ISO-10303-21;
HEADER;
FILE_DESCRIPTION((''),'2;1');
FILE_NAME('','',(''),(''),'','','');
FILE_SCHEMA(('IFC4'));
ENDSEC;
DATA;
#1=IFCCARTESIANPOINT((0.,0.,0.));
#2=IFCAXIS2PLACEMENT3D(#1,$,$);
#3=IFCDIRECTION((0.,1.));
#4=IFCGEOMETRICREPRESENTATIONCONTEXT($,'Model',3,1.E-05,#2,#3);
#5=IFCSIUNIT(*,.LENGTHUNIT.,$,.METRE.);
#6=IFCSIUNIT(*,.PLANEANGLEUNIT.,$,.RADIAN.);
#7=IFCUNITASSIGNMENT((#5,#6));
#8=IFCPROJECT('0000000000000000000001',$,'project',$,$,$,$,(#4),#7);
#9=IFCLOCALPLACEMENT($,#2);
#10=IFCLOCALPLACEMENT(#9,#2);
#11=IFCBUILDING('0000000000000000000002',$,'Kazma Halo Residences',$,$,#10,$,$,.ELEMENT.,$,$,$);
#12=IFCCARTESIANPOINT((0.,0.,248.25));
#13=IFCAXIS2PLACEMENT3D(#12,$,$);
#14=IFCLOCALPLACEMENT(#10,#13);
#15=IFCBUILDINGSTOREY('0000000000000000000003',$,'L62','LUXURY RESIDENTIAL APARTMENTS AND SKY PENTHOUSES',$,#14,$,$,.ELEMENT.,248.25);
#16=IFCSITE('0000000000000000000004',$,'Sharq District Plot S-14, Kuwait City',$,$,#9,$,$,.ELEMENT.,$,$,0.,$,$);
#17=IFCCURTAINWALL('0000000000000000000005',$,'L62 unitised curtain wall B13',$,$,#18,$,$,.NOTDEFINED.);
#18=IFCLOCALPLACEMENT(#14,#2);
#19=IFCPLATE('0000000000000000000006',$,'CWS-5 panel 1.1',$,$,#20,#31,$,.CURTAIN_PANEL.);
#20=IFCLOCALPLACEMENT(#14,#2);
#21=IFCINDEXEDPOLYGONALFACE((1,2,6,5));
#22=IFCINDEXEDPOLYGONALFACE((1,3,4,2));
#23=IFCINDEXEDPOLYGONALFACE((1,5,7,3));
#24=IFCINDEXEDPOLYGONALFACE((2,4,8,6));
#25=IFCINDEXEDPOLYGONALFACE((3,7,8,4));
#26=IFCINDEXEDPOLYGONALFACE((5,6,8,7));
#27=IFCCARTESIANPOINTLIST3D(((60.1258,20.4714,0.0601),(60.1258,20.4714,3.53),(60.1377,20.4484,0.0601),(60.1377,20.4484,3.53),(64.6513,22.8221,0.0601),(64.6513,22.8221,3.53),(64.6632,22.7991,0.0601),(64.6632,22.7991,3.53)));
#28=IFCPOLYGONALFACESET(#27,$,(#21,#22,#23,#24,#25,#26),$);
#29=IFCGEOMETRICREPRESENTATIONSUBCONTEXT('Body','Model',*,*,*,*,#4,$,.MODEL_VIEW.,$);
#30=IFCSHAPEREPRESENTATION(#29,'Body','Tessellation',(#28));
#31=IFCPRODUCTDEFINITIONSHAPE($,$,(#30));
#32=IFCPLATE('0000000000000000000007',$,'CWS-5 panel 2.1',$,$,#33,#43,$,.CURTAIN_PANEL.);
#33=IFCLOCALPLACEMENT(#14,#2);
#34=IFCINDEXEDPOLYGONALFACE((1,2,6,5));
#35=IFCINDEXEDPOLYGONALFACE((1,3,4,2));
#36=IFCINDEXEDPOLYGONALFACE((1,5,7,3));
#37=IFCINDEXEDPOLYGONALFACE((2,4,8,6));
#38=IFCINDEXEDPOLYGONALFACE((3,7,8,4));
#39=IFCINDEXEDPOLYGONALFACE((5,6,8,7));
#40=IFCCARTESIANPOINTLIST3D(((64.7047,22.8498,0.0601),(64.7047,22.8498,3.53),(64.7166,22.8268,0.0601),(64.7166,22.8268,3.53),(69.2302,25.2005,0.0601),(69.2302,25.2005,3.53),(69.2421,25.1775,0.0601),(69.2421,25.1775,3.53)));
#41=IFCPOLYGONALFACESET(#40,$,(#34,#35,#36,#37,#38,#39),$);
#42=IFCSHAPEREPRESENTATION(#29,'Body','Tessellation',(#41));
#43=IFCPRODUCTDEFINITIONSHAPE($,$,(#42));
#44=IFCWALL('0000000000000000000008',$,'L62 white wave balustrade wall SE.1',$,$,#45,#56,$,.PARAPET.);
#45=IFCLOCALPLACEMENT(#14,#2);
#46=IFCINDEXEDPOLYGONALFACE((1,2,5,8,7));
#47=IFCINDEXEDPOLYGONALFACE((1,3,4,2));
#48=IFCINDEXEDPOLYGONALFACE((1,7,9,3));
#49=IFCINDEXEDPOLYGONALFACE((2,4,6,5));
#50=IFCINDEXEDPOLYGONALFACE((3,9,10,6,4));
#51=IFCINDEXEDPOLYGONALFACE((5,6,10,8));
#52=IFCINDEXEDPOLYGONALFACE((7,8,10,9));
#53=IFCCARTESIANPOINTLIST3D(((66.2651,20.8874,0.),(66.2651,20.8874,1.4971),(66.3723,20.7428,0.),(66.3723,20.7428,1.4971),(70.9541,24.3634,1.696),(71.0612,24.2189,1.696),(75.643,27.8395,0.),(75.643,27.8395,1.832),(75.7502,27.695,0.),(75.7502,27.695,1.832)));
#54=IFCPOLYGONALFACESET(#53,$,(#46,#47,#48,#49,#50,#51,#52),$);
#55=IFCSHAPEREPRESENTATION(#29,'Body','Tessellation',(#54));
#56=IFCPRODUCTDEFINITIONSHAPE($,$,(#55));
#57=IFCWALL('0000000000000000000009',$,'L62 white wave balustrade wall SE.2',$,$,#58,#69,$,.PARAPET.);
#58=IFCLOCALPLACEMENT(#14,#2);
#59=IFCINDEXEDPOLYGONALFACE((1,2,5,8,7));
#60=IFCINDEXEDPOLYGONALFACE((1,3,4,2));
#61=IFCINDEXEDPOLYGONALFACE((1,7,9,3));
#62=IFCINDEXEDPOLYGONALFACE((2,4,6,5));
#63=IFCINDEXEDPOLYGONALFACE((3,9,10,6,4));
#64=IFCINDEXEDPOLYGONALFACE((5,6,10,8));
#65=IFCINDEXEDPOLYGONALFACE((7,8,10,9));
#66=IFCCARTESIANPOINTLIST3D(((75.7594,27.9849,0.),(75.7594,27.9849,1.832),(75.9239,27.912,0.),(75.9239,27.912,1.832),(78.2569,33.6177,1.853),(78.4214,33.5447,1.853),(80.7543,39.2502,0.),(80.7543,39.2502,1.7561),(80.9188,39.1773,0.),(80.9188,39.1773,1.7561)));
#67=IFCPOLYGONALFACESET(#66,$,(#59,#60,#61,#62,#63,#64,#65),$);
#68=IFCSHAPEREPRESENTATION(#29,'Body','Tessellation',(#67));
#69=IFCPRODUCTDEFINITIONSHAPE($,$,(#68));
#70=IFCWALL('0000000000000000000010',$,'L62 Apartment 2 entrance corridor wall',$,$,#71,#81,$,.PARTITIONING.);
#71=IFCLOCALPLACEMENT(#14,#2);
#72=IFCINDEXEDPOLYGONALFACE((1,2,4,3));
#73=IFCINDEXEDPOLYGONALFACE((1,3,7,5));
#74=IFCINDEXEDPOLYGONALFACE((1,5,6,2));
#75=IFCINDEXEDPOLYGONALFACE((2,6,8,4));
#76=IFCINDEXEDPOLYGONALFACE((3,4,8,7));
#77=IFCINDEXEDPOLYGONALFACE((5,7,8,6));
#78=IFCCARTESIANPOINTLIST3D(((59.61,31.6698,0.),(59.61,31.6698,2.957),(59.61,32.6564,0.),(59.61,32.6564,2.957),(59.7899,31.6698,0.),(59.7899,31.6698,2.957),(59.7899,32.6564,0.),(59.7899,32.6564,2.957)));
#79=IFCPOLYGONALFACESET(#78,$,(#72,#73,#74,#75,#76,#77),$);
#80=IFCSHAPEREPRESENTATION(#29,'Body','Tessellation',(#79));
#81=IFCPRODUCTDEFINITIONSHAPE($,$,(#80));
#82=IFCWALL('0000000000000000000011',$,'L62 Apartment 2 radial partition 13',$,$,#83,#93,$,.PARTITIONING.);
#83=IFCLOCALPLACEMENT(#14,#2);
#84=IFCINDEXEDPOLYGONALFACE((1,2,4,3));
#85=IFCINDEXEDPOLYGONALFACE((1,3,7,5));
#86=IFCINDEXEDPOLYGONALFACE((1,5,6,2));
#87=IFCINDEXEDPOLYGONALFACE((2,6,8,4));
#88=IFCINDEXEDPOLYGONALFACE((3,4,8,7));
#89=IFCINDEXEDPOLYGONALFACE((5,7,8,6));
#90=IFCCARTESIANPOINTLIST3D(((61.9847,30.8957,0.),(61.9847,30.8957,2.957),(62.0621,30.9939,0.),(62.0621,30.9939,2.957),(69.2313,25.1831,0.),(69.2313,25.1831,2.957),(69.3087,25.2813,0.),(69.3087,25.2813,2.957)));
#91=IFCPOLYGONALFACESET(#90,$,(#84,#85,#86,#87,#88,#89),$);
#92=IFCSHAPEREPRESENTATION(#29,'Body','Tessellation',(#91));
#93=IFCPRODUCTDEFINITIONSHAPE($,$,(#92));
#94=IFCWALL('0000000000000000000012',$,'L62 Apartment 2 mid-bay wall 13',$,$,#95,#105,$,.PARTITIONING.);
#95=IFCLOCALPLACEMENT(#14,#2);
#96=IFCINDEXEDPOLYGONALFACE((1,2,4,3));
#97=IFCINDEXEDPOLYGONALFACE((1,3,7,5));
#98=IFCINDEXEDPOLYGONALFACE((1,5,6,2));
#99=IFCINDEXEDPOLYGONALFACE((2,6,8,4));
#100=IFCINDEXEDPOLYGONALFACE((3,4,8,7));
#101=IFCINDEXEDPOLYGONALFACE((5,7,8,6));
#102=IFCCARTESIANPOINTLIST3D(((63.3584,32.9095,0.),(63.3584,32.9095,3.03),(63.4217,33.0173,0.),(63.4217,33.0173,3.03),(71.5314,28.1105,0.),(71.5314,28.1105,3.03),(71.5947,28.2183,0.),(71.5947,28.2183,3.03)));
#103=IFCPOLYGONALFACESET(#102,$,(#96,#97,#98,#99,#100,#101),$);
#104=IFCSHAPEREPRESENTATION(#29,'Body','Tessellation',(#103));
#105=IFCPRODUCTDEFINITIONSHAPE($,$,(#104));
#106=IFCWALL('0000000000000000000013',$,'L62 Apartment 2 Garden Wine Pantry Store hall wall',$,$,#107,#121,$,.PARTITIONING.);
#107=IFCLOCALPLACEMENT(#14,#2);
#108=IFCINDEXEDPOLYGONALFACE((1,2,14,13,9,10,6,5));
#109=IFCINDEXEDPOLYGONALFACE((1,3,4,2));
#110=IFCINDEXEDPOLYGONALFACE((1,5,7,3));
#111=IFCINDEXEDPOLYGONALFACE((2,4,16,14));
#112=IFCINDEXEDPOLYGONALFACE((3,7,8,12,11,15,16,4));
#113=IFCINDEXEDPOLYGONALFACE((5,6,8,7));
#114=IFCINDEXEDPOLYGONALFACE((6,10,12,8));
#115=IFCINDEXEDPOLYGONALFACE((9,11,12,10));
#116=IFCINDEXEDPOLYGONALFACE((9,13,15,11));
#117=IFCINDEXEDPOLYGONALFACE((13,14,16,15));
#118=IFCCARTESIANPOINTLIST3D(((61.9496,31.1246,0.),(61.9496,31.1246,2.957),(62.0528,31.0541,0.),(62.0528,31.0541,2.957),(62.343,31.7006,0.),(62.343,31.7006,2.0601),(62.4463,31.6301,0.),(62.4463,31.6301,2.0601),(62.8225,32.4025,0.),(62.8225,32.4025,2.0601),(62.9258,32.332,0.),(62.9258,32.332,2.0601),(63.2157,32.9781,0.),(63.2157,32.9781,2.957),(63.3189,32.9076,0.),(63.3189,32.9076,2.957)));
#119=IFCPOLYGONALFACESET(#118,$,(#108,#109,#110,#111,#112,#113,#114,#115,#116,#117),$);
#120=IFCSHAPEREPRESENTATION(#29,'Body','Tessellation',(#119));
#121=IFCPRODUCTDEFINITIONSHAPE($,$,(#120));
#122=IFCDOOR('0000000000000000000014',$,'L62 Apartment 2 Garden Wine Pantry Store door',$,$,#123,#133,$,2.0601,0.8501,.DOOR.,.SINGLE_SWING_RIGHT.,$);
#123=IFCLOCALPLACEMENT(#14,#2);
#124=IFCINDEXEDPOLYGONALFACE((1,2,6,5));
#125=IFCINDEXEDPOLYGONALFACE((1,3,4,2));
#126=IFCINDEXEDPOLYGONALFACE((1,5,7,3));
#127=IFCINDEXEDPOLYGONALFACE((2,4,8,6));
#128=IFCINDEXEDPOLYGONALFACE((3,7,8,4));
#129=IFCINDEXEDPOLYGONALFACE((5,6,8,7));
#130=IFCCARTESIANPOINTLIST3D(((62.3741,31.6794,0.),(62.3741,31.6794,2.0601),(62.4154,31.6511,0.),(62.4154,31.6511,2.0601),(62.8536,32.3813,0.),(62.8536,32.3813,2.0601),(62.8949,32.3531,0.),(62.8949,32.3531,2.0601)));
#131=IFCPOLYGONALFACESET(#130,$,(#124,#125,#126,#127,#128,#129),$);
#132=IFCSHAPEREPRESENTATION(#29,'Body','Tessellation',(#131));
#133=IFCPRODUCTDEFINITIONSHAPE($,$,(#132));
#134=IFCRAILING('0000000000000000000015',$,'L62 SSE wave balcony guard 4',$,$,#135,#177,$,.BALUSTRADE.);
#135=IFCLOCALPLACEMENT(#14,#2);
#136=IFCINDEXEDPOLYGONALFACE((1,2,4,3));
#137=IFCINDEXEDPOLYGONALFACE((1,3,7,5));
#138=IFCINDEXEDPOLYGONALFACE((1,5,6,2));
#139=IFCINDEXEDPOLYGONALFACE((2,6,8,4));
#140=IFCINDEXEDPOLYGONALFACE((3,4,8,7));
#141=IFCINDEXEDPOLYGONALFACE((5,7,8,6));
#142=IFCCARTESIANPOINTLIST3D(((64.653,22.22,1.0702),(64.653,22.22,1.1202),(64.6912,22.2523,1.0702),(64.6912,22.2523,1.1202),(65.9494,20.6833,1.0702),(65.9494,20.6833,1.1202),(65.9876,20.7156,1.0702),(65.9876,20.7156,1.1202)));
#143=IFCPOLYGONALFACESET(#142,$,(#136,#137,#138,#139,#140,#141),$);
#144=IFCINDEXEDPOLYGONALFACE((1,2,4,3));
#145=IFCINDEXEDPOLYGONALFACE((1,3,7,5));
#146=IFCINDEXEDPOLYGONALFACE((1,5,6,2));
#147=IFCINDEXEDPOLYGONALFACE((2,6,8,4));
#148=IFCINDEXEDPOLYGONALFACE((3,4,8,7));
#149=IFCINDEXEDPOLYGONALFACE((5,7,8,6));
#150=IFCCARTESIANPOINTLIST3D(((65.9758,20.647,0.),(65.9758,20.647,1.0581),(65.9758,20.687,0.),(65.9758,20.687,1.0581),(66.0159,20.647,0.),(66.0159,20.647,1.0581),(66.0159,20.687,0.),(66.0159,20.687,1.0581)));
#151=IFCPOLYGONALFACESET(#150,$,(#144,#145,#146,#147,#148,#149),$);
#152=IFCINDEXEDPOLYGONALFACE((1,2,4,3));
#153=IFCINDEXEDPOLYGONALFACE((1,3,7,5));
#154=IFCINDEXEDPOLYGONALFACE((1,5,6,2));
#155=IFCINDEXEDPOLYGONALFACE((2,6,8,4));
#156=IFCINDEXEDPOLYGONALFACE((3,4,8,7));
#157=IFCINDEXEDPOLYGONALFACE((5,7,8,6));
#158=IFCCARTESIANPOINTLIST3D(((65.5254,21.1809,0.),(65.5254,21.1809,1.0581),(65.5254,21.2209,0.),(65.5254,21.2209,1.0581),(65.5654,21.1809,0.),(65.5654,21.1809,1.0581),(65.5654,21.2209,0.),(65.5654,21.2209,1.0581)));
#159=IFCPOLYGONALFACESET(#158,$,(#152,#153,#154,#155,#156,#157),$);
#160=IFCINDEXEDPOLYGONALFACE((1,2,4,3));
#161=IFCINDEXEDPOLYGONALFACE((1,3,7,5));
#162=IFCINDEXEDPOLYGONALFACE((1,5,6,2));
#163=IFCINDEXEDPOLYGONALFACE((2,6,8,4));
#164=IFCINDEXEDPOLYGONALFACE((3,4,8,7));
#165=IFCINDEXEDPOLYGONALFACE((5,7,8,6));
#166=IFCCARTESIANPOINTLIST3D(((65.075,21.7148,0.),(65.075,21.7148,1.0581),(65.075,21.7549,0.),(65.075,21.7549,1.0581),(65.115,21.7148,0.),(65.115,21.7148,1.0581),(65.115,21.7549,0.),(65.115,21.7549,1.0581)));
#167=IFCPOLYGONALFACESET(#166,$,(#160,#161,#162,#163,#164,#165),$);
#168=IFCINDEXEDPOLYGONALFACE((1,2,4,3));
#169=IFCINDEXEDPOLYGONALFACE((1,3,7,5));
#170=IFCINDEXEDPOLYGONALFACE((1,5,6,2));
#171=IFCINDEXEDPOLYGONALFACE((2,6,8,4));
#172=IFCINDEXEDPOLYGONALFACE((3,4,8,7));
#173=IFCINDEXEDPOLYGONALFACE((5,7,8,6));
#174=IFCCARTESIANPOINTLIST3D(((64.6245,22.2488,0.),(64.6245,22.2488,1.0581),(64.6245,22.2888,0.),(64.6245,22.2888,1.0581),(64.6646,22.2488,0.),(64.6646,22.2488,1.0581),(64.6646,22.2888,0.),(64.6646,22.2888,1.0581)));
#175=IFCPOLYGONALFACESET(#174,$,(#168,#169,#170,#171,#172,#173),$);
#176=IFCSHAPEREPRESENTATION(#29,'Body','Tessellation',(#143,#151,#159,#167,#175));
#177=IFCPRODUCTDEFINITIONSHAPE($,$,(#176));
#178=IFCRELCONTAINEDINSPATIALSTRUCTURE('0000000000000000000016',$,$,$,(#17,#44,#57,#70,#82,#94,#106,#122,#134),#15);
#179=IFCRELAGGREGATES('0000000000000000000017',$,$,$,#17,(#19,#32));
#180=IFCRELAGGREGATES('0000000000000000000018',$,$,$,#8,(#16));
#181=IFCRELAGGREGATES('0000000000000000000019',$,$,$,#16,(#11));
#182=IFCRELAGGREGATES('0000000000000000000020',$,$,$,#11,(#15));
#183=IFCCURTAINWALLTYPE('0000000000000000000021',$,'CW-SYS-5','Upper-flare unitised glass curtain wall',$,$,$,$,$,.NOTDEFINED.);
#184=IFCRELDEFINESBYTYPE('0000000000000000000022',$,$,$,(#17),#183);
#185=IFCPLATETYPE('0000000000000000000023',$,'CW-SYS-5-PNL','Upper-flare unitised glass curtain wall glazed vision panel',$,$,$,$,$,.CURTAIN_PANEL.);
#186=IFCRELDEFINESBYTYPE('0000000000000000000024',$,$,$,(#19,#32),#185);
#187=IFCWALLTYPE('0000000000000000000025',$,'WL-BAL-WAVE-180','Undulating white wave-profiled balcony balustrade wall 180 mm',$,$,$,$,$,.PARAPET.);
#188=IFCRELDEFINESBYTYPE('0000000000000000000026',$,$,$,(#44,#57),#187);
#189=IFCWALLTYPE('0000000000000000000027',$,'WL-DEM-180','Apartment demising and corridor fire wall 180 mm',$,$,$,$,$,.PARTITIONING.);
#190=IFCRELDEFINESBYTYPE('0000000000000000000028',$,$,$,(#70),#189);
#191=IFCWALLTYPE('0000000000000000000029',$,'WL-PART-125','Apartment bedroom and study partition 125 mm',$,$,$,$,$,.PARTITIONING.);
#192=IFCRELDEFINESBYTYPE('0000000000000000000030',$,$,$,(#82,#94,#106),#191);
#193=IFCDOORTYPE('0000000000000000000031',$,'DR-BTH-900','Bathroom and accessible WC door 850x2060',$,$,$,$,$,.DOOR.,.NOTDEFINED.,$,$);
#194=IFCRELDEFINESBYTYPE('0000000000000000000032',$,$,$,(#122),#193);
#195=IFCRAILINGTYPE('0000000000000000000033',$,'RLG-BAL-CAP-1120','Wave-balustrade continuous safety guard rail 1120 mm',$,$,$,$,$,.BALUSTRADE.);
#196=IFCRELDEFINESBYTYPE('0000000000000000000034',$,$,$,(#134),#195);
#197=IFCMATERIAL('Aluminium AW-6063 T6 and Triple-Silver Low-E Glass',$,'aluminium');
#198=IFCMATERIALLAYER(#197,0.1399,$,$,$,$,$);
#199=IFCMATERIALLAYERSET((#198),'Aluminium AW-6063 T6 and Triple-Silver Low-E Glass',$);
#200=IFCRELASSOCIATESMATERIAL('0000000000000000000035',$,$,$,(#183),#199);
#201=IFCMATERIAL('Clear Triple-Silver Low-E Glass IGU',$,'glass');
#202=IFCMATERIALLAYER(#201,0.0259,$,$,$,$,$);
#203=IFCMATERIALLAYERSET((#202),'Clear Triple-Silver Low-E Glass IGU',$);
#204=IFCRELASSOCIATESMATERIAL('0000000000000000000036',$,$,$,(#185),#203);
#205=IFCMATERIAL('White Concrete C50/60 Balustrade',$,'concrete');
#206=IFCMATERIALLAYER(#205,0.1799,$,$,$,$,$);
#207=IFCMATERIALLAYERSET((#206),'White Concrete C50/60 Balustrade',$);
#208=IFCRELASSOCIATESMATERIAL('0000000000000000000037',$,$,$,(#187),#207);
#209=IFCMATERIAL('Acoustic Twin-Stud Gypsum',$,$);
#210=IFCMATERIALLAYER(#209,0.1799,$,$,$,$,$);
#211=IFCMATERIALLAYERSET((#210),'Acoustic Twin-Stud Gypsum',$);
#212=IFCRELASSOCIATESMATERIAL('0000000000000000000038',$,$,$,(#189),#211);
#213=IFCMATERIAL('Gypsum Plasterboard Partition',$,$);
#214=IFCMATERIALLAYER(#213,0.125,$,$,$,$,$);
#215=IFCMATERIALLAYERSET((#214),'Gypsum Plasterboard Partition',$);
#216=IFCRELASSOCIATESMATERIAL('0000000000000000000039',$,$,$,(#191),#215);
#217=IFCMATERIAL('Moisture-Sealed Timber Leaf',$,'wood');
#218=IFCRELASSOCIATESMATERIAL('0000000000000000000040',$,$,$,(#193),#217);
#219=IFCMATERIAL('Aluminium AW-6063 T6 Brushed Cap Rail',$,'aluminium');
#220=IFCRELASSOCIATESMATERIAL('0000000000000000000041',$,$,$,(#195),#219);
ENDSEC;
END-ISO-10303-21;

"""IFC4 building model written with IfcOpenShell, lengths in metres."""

from ifc_helpers import new_model, si_unit, direction, frame, frame_2d, origin, origin_2d, place, context, subcontext, project, spatial, polyline, rectangle, outline, extrude, material, layer, layer_set, type_object, element, fill, aggregate, save


model = new_model("IFC4")

# Units and contexts
model_context = context("Model", 3, precision=1e-05, world=origin(), true_north=direction((0.0, 1.0)))
body_context = subcontext(model_context, "Body", "Model", "MODEL_VIEW")
ifc_project = project(units=[si_unit("LENGTHUNIT", "METRE"), si_unit("PLANEANGLEUNIT", "RADIAN")], contexts=[model_context])

# Site, building, storey
site_placement = place(None, origin())
site = spatial("IfcSite", under=ifc_project, at=site_placement, Name="Sharq District Plot S-14, Kuwait City", CompositionType="ELEMENT", RefElevation=0.0)
building_placement = place(site_placement, origin())
building = spatial("IfcBuilding", under=site, at=building_placement, Name="Kazma Halo Residences", CompositionType="ELEMENT")
storey_placement = place(building_placement, frame((0.0, 0.0, 248.25)))
storey = spatial("IfcBuildingStorey", under=building, at=storey_placement, Name="L62", Description="LUXURY RESIDENTIAL APARTMENTS AND SKY PENTHOUSES", CompositionType="ELEMENT", Elevation=248.25)

# Curtain wall, plates
ifc_material_1 = material(Name="Aluminium AW-6063 T6 and Triple-Silver Low-E Glass", Category="aluminium")
ifc_layer_1 = layer(ifc_material_1, 0.1399)
ifc_layer_set_1 = layer_set([ifc_layer_1], Name="Aluminium AW-6063 T6 and Triple-Silver Low-E Glass")
curtain_wall_type = type_object("IfcCurtainWallType", Name="CW-SYS-5", Description="Upper-flare unitised glass curtain wall", PredefinedType="NOTDEFINED", material=ifc_layer_set_1)
curtain_wall_placement = place(storey_placement, origin())
curtain_wall = element("IfcCurtainWall", 1, at=curtain_wall_placement, inside=storey, type_object=curtain_wall_type, Name="L62 unitised curtain wall B13", PredefinedType="NOTDEFINED")
ifc_material_2 = material(Name="Clear Triple-Silver Low-E Glass IGU", Category="glass")
ifc_layer_2 = layer(ifc_material_2, 0.0259)
ifc_layer_set_2 = layer_set([ifc_layer_2], Name="Clear Triple-Silver Low-E Glass IGU")
plate_type = type_object("IfcPlateType", Name="CW-SYS-5-PNL", Description="Upper-flare unitised glass curtain wall glazed vision panel", PredefinedType="CURTAIN_PANEL", material=ifc_layer_set_2)
plate_1_placement = place(storey_placement, frame((62.3945, 21.6353, 0.0601), z_axis=(0.0, 0.0, 1.0), x_axis=(0.887421, 0.460961, 0.0)))
plate_1 = element("IfcPlate", 2, at=plate_1_placement, type_object=plate_type, Name="CWS-5 panel 1.1", PredefinedType="CURTAIN_PANEL", context=body_context, shape_type="SweptSolid", body=[
    extrude(rectangle(XDim=5.0996, YDim=0.0259, at=origin_2d()), origin(), (0.0, 0.0, 1.0), 3.47),
])
plate_2_placement = place(storey_placement, frame((66.9734, 24.0137, 0.0601), z_axis=(0.0, 0.0, 1.0), x_axis=(0.887421, 0.460961, 0.0)))
plate_2 = element("IfcPlate", 3, at=plate_2_placement, type_object=plate_type, Name="CWS-5 panel 2.1", PredefinedType="CURTAIN_PANEL", context=body_context, shape_type="SweptSolid", body=[
    extrude(rectangle(XDim=5.0996, YDim=0.0259, at=origin_2d()), origin(), (0.0, 0.0, 1.0), 3.47),
])
aggregate(curtain_wall, [plate_1, plate_2])

# Walls
ifc_material_3 = material(Name="White Concrete C50/60 Balustrade", Category="concrete")
ifc_layer_3 = layer(ifc_material_3, 0.1799)
ifc_layer_set_3 = layer_set([ifc_layer_3], Name="White Concrete C50/60 Balustrade")
wall_type_1 = type_object("IfcWallType", Name="WL-BAL-WAVE-180", Description="Undulating white wave-profiled balcony balustrade wall 180 mm", PredefinedType="PARAPET", material=ifc_layer_set_3)
wall_1_placement = place(storey_placement, frame((66.3186, 20.8152, 0.0), z_axis=(0.0, 0.0, 1.0), x_axis=(0.80333, 0.595534, 0.0)))
element("IfcWall", 4, at=wall_1_placement, inside=storey, type_object=wall_type_1, Name="L62 white wave balustrade wall SE.1", PredefinedType="PARAPET", context=body_context, shape_type="SweptSolid", body=[
    extrude(outline(polyline([(0.0, 0.0), (11.6738, 0.0), (11.6738, 1.832), (5.8369, 1.696), (0.0, 1.4971), (0.0, 0.0)])), frame((0.0, 0.0898, 0.0), z_axis=(0.0, -1.0, 0.0), x_axis=(1.0, 0.0, 0.0)), (0.0, 0.0, 1.0), 0.1799),
])
wall_2_placement = place(storey_placement, frame((75.8416, 27.9485, 0.0), z_axis=(0.0, 0.0, 1.0), x_axis=(0.405328, 0.914171, 0.0)))
element("IfcWall", 5, at=wall_2_placement, inside=storey, type_object=wall_type_1, Name="L62 white wave balustrade wall SE.2", PredefinedType="PARAPET", context=body_context, shape_type="SweptSolid", body=[
    extrude(outline(polyline([(0.0, 0.0), (12.323, 0.0), (12.323, 1.7561), (6.1616, 1.853), (0.0, 1.832), (0.0, 0.0)])), frame((0.0, 0.0898, 0.0), z_axis=(0.0, -1.0, 0.0), x_axis=(1.0, 0.0, 0.0)), (0.0, 0.0, 1.0), 0.1799),
])
ifc_material_4 = material(Name="Acoustic Twin-Stud Gypsum")
ifc_layer_4 = layer(ifc_material_4, 0.1799)
ifc_layer_set_4 = layer_set([ifc_layer_4], Name="Acoustic Twin-Stud Gypsum")
wall_type_2 = type_object("IfcWallType", Name="WL-DEM-180", Description="Apartment demising and corridor fire wall 180 mm", PredefinedType="PARTITIONING", material=ifc_layer_set_4)
wall_3_placement = place(storey_placement, frame((59.7, 31.6699, 0.0), z_axis=(0.0, 0.0, 1.0), x_axis=(0.0, 1.0, 0.0)))
element("IfcWall", 6, at=wall_3_placement, inside=storey, type_object=wall_type_2, Name="L62 Apartment 2 entrance corridor wall", PredefinedType="PARTITIONING", context=body_context, shape_type="SweptSolid", body=[
    extrude(rectangle(XDim=0.9866, YDim=0.1799, at=frame_2d((0.4932, 0.0))), origin(), (0.0, 0.0, 1.0), 2.957),
])

# Walls
ifc_material_5 = material(Name="Gypsum Plasterboard Partition")
ifc_layer_5 = layer(ifc_material_5, 0.125)
ifc_layer_set_5 = layer_set([ifc_layer_5], Name="Gypsum Plasterboard Partition")
wall_type_3 = type_object("IfcWallType", Name="WL-PART-125", Description="Apartment bedroom and study partition 125 mm", PredefinedType="PARTITIONING", material=ifc_layer_set_5)
wall_4_placement = place(storey_placement, frame((62.0234, 30.9448, 0.0), z_axis=(0.0, 0.0, 1.0), x_axis=(0.785322, -0.619087, 0.0)))
element("IfcWall", 7, at=wall_4_placement, inside=storey, type_object=wall_type_3, Name="L62 Apartment 2 radial partition 13", PredefinedType="PARTITIONING", context=body_context, shape_type="SweptSolid", body=[
    extrude(rectangle(XDim=9.2275, YDim=0.125, at=frame_2d((4.6138, 0.0))), origin(), (0.0, 0.0, 1.0), 2.957),
])
wall_5_placement = place(storey_placement, frame((63.3901, 32.9634, 0.0), z_axis=(0.0, 0.0, 1.0), x_axis=(0.862332, -0.506343, 0.0)))
element("IfcWall", 8, at=wall_5_placement, inside=storey, type_object=wall_type_3, Name="L62 Apartment 2 mid-bay wall 13", PredefinedType="PARTITIONING", context=body_context, shape_type="SweptSolid", body=[
    extrude(rectangle(XDim=9.4778, YDim=0.125, at=frame_2d((4.7388, 0.0))), origin(), (0.0, 0.0, 1.0), 3.03),
])

# Wall, opening, door
wall_6_placement = place(storey_placement, frame((62.0012, 31.0894, 0.0), z_axis=(0.0, 0.0, 1.0), x_axis=(0.564052, 0.825739, 0.0)))
wall_6 = element("IfcWall", 9, at=wall_6_placement, inside=storey, type_object=wall_type_3, Name="L62 Apartment 2 Garden Wine Pantry Store hall wall", PredefinedType="PARTITIONING", context=body_context, shape_type="SweptSolid", body=[
    extrude(rectangle(XDim=2.2446, YDim=0.125, at=frame_2d((1.1223, 0.0))), origin(), (0.0, 0.0, 1.0), 2.957),
])
opening_1_placement = place(wall_6_placement, frame((0.6975, 0.0, 0.0)))
opening_1 = element("IfcOpeningElement", 10, at=opening_1_placement, cuts=wall_6, PredefinedType="OPENING", context=body_context, shape_type="SweptSolid", body=[
    extrude(rectangle(XDim=0.8501, YDim=2.0601, at=frame_2d((0.425, 1.03))), frame((0.0, 0.0725, 0.0), z_axis=(0.0, -1.0, 0.0), x_axis=(1.0, 0.0, 0.0)), (0.0, 0.0, 1.0), 0.145),
])
ifc_material_6 = material(Name="Moisture-Sealed Timber Leaf", Category="wood")
door_type_1 = type_object("IfcDoorType", Name="DR-BTH-900", Description="Bathroom and accessible WC door 850x2060", OperationType="NOTDEFINED", PredefinedType="DOOR", material=ifc_material_6)
door_1_placement = place(opening_1_placement, origin())
door_1 = element("IfcDoor", 11, at=door_1_placement, inside=storey, type_object=door_type_1, Name="L62 Apartment 2 Garden Wine Pantry Store door", OperationType="SINGLE_SWING_RIGHT", OverallHeight=2.0601, OverallWidth=0.8501, PredefinedType="DOOR", context=body_context, shape_type="SweptSolid", body=[
    extrude(rectangle(XDim=0.8501, YDim=2.0601, at=frame_2d((0.425, 1.03))), frame((0.0, 0.0249, 0.0), z_axis=(0.0, -1.0, 0.0), x_axis=(1.0, 0.0, 0.0)), (0.0, 0.0, 1.0), 0.05),
])
fill(opening_1, door_1)

# Railing
ifc_material_7 = material(Name="Aluminium AW-6063 T6 Brushed Cap Rail", Category="aluminium")
railing_type = type_object("IfcRailingType", Name="RLG-BAL-CAP-1120", Description="Wave-balustrade continuous safety guard rail 1120 mm", PredefinedType="BALUSTRADE", material=ifc_material_7)
railing_1_placement = place(storey_placement, frame((65.9958, 20.667, 0.0)))
element("IfcRailing", 12, at=railing_1_placement, inside=storey, type_object=railing_type, Name="L62 SSE wave balcony guard 4", PredefinedType="BALUSTRADE", context=body_context, shape_type="SweptSolid", body=[
    extrude(rectangle(XDim=0.05, YDim=0.05, at=origin_2d()), frame((-0.0273, 0.0325, 1.0952), z_axis=(-0.644814, 0.76434, 0.0), x_axis=(-0.76434, -0.644814, 0.0)), (0.0, 0.0, 1.0), 2.0105),
    extrude(rectangle(XDim=0.04, YDim=0.04, at=origin_2d()), origin(), (0.0, 0.0, 1.0), 1.0581),
    extrude(rectangle(XDim=0.04, YDim=0.04, at=origin_2d()), frame((-0.4504, 0.5339, 0.0)), (0.0, 0.0, 1.0), 1.0581),
    extrude(rectangle(XDim=0.04, YDim=0.04, at=origin_2d()), frame((-0.9009, 1.0679, 0.0)), (0.0, 0.0, 1.0), 1.0581),
    extrude(rectangle(XDim=0.04, YDim=0.04, at=origin_2d()), frame((-1.3513, 1.6018, 0.0)), (0.0, 0.0, 1.0), 1.0581),
])

save(model, "model.ifc")
